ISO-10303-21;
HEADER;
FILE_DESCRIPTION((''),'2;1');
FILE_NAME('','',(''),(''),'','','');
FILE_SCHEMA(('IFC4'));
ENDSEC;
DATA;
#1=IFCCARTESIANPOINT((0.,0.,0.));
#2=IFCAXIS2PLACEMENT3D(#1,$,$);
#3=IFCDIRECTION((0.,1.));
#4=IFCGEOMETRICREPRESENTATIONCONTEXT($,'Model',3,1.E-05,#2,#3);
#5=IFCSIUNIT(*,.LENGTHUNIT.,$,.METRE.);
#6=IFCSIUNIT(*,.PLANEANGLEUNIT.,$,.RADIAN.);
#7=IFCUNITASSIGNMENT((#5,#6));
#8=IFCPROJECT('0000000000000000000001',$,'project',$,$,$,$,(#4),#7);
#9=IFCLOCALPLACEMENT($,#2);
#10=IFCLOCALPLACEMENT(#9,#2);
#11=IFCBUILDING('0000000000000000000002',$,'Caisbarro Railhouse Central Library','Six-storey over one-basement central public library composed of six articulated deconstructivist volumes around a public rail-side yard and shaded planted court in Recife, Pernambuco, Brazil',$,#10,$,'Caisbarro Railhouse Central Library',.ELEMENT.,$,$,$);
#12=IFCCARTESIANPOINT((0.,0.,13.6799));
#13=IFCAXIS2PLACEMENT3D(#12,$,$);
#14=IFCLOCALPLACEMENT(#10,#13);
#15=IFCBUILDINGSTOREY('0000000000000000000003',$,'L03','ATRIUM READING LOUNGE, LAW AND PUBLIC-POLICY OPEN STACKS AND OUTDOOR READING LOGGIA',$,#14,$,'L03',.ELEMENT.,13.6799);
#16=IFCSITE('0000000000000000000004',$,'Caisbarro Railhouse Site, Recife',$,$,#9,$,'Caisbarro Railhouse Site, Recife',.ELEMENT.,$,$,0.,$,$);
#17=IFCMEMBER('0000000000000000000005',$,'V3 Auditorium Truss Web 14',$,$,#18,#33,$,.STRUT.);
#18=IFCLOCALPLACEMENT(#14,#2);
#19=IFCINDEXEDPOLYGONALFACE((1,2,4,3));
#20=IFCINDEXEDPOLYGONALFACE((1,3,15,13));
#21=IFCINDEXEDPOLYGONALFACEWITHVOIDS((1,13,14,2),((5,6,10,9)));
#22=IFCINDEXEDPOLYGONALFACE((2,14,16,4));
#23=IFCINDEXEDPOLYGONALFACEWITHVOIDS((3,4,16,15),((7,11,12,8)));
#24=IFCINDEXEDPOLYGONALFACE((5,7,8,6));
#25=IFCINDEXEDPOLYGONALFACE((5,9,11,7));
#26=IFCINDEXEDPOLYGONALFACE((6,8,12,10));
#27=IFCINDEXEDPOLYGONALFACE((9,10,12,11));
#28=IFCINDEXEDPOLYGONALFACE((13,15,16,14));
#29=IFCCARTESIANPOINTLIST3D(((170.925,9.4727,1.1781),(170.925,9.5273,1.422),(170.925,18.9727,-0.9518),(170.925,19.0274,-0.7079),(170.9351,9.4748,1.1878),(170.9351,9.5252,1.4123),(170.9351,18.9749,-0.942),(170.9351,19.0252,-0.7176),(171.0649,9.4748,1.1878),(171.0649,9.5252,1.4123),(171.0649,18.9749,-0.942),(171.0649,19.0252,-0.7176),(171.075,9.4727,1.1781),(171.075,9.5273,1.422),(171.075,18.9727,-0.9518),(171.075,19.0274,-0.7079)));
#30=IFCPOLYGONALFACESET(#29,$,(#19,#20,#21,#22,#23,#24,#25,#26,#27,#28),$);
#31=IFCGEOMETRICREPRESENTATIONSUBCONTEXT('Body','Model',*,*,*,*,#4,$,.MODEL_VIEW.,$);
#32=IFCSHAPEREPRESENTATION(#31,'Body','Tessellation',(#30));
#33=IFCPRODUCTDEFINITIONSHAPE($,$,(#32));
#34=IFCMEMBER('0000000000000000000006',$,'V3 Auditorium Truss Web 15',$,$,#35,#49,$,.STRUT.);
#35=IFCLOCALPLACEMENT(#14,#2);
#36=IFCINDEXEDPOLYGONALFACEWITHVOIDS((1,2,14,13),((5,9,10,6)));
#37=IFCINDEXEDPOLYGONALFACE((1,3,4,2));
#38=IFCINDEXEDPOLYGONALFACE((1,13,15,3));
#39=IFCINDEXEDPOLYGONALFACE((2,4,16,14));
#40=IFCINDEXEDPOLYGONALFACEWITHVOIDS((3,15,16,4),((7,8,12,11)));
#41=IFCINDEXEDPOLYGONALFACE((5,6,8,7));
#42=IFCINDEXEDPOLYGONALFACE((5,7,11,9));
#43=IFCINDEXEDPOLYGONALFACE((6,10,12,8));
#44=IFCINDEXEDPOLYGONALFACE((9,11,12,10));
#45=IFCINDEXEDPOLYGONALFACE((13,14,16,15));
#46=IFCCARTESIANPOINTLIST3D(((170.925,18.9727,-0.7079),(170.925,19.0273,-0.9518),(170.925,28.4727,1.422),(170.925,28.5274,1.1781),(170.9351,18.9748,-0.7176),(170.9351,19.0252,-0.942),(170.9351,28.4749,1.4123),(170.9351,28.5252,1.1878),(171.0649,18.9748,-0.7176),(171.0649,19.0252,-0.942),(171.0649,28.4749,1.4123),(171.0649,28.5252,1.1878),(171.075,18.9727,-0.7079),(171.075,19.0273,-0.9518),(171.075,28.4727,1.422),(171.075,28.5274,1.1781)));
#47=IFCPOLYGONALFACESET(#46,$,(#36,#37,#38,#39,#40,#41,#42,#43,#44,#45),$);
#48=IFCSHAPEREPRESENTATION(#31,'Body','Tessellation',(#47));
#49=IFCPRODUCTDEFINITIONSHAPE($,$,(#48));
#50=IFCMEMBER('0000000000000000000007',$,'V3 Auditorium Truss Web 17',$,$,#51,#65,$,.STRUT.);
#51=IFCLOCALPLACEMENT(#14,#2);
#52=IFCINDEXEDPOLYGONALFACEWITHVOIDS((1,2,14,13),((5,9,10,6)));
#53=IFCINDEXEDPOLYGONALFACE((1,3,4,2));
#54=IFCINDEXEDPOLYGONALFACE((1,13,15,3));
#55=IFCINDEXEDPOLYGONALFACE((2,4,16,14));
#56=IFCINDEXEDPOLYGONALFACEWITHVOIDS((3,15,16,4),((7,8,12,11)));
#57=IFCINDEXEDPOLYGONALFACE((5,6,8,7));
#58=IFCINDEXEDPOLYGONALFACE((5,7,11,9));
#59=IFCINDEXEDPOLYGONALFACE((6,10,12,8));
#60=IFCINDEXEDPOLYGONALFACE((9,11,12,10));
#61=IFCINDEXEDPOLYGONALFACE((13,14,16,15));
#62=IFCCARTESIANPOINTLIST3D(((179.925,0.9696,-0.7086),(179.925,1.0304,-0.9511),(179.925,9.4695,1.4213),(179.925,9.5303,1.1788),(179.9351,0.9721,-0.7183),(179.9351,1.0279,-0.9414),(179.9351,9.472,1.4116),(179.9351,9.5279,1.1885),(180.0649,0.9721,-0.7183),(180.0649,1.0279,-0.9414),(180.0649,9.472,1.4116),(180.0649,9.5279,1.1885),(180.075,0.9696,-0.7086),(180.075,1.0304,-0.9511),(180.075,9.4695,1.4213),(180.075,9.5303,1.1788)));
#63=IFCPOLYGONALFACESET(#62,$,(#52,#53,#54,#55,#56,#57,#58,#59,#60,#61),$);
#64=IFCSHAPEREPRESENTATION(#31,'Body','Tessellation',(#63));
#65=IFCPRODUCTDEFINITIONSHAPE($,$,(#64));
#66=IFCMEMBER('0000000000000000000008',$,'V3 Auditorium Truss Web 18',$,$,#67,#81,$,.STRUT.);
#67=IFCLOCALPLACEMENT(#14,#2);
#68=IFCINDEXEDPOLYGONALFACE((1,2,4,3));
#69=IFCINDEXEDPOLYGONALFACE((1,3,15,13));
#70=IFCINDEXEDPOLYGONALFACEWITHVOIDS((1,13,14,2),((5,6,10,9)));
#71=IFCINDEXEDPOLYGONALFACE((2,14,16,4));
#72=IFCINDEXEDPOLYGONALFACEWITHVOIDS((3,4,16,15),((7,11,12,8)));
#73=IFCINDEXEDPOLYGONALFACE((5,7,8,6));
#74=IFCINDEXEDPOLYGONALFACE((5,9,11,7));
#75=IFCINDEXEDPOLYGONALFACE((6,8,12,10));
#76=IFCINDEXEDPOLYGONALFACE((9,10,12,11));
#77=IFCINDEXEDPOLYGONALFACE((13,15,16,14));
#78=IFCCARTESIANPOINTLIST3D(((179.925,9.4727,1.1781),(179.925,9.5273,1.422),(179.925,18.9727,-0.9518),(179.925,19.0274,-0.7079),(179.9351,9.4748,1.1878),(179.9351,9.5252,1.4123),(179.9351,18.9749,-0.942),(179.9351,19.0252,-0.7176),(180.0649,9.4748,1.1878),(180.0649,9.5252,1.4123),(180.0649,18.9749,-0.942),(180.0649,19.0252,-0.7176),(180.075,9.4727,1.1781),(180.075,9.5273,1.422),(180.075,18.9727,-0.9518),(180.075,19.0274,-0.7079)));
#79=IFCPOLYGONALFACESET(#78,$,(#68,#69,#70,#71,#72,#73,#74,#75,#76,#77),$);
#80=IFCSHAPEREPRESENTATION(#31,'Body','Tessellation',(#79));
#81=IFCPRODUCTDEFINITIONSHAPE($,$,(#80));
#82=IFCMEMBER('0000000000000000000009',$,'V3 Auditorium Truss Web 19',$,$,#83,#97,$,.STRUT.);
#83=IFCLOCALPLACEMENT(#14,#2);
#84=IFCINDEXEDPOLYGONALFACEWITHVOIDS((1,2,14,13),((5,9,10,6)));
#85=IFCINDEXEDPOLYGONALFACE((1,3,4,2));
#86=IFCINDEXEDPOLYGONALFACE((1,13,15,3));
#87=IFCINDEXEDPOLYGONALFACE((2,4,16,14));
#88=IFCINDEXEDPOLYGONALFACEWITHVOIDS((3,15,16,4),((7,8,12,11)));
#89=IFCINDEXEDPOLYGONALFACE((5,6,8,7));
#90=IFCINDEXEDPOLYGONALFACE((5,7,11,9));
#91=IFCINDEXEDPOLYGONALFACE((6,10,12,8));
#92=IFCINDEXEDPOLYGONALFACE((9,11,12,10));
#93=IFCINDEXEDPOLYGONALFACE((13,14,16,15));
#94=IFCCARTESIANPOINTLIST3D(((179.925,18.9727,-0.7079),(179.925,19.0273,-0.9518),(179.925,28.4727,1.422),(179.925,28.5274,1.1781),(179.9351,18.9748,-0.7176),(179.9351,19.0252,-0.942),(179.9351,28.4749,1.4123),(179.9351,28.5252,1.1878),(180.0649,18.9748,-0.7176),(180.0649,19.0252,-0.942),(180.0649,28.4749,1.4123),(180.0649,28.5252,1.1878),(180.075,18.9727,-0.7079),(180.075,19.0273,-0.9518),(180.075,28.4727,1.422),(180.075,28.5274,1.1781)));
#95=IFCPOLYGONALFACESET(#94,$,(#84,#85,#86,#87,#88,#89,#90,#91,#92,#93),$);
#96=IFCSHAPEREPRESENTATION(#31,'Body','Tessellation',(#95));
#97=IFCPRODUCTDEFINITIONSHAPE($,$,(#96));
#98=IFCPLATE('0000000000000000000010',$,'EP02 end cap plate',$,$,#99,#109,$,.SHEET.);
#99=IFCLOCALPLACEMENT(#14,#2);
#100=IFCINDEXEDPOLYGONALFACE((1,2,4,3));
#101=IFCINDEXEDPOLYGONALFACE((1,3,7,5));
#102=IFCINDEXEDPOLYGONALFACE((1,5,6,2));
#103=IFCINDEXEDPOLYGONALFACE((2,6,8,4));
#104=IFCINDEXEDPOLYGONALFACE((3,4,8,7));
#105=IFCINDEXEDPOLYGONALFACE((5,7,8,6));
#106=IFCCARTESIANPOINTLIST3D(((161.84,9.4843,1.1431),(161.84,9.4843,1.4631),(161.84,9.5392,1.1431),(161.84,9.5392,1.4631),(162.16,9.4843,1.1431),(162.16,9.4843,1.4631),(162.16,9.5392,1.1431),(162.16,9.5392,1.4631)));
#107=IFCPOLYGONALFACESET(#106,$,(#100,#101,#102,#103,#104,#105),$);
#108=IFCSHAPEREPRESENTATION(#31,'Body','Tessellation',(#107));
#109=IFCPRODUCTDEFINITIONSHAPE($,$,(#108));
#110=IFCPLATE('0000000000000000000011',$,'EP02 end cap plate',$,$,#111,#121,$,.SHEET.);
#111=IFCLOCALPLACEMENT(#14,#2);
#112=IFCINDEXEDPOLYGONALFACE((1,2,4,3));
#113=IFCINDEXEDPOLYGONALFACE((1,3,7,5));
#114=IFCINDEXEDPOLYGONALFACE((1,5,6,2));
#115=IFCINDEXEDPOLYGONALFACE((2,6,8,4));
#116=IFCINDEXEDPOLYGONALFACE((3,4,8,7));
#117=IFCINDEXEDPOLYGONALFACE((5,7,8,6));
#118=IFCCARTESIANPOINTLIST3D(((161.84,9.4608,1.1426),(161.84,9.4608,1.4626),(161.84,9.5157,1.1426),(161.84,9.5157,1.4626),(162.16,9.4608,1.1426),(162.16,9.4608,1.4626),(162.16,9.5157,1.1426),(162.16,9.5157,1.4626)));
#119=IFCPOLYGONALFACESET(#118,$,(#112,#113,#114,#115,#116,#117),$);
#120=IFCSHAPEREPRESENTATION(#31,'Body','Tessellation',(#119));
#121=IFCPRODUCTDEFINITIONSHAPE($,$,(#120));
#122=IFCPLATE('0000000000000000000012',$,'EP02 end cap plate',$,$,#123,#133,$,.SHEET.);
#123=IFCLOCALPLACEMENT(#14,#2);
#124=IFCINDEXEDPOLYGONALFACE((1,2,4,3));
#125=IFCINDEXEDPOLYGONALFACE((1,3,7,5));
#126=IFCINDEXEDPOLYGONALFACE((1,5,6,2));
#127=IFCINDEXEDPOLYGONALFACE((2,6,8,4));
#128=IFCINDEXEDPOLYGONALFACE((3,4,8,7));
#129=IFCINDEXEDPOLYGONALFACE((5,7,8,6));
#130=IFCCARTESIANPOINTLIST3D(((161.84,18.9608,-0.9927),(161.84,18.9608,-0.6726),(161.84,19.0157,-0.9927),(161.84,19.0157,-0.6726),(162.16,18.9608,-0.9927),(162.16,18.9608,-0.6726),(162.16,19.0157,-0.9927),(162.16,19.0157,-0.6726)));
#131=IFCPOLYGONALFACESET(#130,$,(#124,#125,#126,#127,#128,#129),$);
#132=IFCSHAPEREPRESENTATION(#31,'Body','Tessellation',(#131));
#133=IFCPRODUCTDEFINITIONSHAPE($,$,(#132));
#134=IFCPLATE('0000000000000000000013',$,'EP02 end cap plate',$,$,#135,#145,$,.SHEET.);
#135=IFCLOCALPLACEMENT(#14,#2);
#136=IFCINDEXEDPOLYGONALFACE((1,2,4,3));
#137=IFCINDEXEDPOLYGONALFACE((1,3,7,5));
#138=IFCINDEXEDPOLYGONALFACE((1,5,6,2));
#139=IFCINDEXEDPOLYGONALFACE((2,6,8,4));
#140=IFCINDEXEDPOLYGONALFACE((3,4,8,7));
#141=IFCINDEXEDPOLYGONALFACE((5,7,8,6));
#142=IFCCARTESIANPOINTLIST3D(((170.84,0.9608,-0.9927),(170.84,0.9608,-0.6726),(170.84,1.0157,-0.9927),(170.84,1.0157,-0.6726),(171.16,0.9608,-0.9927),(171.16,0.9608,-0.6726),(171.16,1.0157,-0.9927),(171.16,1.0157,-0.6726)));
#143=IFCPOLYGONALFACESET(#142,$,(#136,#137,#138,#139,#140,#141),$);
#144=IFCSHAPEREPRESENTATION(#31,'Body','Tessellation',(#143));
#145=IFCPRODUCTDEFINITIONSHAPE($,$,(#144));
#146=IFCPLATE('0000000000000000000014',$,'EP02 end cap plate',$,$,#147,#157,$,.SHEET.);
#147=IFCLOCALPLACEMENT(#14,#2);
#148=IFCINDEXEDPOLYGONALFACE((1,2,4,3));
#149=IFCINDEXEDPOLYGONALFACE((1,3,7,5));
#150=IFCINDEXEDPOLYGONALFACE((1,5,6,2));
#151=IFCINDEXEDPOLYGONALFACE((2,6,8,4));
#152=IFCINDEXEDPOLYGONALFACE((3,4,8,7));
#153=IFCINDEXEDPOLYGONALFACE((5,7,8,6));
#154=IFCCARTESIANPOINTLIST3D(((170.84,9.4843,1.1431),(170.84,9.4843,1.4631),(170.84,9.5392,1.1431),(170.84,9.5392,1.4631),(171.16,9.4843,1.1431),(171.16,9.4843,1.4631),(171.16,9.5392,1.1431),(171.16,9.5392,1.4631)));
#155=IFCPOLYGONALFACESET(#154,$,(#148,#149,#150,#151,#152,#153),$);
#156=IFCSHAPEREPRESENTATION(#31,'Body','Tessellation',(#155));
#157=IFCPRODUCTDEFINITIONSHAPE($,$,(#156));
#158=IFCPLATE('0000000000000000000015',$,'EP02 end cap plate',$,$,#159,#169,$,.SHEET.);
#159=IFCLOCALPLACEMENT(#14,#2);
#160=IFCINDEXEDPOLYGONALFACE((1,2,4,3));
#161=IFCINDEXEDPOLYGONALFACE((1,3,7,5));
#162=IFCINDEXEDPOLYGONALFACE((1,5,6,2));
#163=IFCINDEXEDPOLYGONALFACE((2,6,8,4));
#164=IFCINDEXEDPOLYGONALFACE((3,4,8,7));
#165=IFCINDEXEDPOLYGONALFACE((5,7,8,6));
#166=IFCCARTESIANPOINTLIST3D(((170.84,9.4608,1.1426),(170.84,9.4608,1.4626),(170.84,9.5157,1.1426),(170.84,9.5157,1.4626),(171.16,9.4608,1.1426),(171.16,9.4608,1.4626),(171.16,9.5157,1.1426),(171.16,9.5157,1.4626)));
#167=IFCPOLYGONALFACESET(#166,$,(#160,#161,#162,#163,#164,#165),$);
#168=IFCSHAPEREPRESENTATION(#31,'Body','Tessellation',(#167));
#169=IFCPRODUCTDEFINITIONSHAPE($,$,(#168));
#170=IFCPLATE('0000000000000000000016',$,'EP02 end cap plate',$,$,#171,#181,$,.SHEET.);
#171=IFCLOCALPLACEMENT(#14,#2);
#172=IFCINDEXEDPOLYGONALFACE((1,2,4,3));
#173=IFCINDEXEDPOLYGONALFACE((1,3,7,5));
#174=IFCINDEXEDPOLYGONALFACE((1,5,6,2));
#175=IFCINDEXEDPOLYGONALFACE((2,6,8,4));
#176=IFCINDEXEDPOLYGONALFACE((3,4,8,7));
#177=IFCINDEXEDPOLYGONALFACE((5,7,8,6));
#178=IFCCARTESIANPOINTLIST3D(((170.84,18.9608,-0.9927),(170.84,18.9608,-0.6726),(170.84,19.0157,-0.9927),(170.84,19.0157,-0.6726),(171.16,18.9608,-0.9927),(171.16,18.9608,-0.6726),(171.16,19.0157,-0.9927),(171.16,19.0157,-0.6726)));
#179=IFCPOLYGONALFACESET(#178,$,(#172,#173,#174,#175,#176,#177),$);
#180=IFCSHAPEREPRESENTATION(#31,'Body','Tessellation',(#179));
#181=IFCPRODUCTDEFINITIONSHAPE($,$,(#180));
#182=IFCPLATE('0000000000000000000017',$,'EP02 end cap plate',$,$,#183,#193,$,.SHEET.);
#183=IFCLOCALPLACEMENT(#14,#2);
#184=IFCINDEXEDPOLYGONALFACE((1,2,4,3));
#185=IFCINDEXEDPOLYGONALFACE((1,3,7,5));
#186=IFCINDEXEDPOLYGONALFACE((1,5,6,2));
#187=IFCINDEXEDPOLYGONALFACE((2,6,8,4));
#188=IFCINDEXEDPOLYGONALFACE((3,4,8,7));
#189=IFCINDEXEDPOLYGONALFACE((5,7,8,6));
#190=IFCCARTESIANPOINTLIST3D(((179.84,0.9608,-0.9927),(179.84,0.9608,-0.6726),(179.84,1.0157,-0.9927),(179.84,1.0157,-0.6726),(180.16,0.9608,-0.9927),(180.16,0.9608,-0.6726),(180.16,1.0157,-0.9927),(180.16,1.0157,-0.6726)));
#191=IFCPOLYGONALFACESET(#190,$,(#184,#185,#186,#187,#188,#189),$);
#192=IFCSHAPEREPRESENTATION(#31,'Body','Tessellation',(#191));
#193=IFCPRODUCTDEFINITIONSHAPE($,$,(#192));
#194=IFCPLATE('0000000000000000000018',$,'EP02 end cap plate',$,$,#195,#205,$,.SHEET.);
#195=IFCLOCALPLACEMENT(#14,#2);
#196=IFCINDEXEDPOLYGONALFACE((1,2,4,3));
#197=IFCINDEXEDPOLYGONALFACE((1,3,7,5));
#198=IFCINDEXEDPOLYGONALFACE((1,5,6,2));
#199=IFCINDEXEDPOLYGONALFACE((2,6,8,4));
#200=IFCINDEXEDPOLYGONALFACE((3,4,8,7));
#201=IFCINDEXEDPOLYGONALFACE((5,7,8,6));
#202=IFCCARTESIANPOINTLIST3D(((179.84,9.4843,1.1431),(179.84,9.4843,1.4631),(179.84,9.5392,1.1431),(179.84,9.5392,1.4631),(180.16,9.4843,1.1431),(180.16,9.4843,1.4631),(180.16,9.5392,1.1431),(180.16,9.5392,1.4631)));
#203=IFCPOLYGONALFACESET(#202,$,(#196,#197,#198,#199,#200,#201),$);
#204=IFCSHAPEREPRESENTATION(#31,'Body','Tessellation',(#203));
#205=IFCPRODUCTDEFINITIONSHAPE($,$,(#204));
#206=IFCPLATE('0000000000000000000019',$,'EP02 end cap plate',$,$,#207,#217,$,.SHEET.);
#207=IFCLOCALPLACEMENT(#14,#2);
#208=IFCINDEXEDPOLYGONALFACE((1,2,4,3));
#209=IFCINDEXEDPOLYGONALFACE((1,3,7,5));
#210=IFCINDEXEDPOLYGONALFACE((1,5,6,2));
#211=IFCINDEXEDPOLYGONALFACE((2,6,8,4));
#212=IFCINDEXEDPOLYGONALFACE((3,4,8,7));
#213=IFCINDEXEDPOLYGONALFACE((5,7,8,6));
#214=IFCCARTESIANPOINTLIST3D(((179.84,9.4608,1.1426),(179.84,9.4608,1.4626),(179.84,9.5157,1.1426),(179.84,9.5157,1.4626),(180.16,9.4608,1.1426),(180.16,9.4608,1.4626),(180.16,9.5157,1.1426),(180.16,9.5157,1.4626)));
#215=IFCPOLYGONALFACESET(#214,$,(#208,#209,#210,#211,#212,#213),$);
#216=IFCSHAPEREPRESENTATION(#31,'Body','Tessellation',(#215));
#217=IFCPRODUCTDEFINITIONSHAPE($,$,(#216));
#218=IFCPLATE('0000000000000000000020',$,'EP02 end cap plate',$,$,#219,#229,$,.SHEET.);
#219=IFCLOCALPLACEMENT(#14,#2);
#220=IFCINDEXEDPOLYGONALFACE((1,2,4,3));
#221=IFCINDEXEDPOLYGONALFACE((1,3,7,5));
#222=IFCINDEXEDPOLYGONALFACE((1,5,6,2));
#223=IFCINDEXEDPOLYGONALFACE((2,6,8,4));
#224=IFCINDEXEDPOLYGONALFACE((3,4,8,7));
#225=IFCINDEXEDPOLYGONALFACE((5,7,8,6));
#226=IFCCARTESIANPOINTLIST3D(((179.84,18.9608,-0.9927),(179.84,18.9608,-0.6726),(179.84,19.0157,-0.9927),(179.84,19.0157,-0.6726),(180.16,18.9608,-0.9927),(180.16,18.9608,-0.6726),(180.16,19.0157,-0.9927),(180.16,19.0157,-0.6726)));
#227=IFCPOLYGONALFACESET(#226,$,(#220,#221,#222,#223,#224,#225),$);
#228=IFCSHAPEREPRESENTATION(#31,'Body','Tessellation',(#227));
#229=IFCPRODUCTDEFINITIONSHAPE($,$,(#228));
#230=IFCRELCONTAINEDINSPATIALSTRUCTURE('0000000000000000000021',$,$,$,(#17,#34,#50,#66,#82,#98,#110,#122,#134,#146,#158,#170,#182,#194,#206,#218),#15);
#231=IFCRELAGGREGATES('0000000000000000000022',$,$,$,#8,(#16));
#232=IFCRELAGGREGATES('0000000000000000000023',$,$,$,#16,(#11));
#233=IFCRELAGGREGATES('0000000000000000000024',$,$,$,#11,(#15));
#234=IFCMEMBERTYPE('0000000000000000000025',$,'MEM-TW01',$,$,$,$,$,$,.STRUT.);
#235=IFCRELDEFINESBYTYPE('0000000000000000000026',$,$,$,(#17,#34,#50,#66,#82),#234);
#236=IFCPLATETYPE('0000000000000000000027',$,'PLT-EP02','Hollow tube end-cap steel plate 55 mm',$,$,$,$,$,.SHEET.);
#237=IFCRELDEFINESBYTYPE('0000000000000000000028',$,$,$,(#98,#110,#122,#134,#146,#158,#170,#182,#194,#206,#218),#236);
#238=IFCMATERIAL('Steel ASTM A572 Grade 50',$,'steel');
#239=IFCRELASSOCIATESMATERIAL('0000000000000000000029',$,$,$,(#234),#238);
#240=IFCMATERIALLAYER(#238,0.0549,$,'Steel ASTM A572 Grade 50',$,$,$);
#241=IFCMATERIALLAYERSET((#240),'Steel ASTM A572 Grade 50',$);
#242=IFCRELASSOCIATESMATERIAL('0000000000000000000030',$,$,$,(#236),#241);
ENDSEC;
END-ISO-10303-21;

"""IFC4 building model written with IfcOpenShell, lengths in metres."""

from ifc_helpers import new_model, si_unit, direction, frame, origin, origin_2d, place, context, subcontext, project, spatial, rectangle, hollow_rectangle, extrude, material, layer, layer_set, material_profile, profile_set, type_object, element, save


model = new_model("IFC4")

# Units and contexts
model_context = context("Model", 3, precision=1e-05, world=origin(), true_north=direction((0.0, 1.0)))
body_context = subcontext(model_context, "Body", "Model", "MODEL_VIEW")
ifc_project = project(units=[si_unit("LENGTHUNIT", "METRE"), si_unit("PLANEANGLEUNIT", "RADIAN")], contexts=[model_context])

# Site, building, storey
site_placement = place(None, origin())
site = spatial("IfcSite", under=ifc_project, at=site_placement, Name="Caisbarro Railhouse Site, Recife", LongName="Caisbarro Railhouse Site, Recife", CompositionType="ELEMENT", RefElevation=0.0)
building_placement = place(site_placement, origin())
building = spatial("IfcBuilding", under=site, at=building_placement, Name="Caisbarro Railhouse Central Library", Description="Six-storey over one-basement central public library composed of six articulated deconstructivist volumes around a public rail-side yard and shaded planted court in Recife, Pernambuco, Brazil", LongName="Caisbarro Railhouse Central Library", CompositionType="ELEMENT")
storey_placement = place(building_placement, frame((0.0, 0.0, 13.6799)))
storey = spatial("IfcBuildingStorey", under=building, at=storey_placement, Name="L03", Description="ATRIUM READING LOUNGE, LAW AND PUBLIC-POLICY OPEN STACKS AND OUTDOOR READING LOGGIA", LongName="L03", CompositionType="ELEMENT", Elevation=13.6799)

# Members
ifc_material_1 = material(Name="Steel ASTM A572 Grade 50", Category="steel")
ifc_material_profile_1 = material_profile(ifc_material_1, hollow_rectangle(XDim=0.1499, YDim=0.25, WallThickness=0.01, at=origin_2d()), Name="HSS250X150X10")
ifc_profile_set_1 = profile_set([ifc_material_profile_1], Name="Steel ASTM A572 Grade 50")
member_type_1 = type_object("IfcMemberType", Name="MEM-TW01", PredefinedType="STRUT", material=ifc_profile_set_1)
for number, where, z_axis, x_axis, name in (
    (1, (171.0, 9.5, 1.3), (0.0, 0.975777, -0.218767), (-1.0, 0.0, 0.0), "V3 Auditorium Truss Web 14"),
    (2, (171.0, 19.0, -0.8298), (0.0, 0.975777, 0.218767), (-1.0, 0.0, 0.0), "V3 Auditorium Truss Web 15"),
):
    element("IfcMember", number, at=place(storey_placement, frame(where, z_axis=z_axis, x_axis=x_axis)), inside=storey, type_object=member_type_1, Name=name, PredefinedType="STRUT", context=body_context, shape_type="SweptSolid", body=[
        extrude(hollow_rectangle(XDim=0.1499, YDim=0.25, WallThickness=0.01, at=origin_2d()), origin(), (0.0, 0.0, 1.0), 9.7358),
    ])
member_1_placement = place(storey_placement, frame((180.0, 1.0, -0.8298), z_axis=(0.0, 0.970011, 0.24306), x_axis=(-1.0, 0.0, 0.0)))
element("IfcMember", 3, at=member_1_placement, inside=storey, type_object=member_type_1, Name="V3 Auditorium Truss Web 17", PredefinedType="STRUT", context=body_context, shape_type="SweptSolid", body=[
    extrude(hollow_rectangle(XDim=0.1499, YDim=0.25, WallThickness=0.01, at=origin_2d()), origin(), (0.0, 0.0, 1.0), 8.7627),
])
for number, where, z_axis, x_axis, name in (
    (4, (180.0, 9.5, 1.3), (0.0, 0.975777, -0.218767), (-1.0, 0.0, 0.0), "V3 Auditorium Truss Web 18"),
    (5, (180.0, 19.0, -0.8298), (0.0, 0.975777, 0.218767), (-1.0, 0.0, 0.0), "V3 Auditorium Truss Web 19"),
):
    element("IfcMember", number, at=place(storey_placement, frame(where, z_axis=z_axis, x_axis=x_axis)), inside=storey, type_object=member_type_1, Name=name, PredefinedType="STRUT", context=body_context, shape_type="SweptSolid", body=[
        extrude(hollow_rectangle(XDim=0.1499, YDim=0.25, WallThickness=0.01, at=origin_2d()), origin(), (0.0, 0.0, 1.0), 9.7358),
    ])

# Plates
ifc_layer_1 = layer(ifc_material_1, 0.0549, Name="Steel ASTM A572 Grade 50")
ifc_layer_set_1 = layer_set([ifc_layer_1], Name="Steel ASTM A572 Grade 50")
plate_type_1 = type_object("IfcPlateType", Name="PLT-EP02", Description="Hollow tube end-cap steel plate 55 mm", PredefinedType="SHEET", material=ifc_layer_set_1)
for number, where, z_axis, x_axis, name in (
    (6, (162.0, 9.5117, 1.1431), (0.0, 0.0, 1.0), (0.0, 1.0, 0.0), "EP02 end cap plate"),
    (7, (162.0, 9.4883, 1.1426), (0.0, 0.0, 1.0), (0.0, 1.0, 0.0), "EP02 end cap plate"),
    (8, (162.0, 18.9883, -0.9927), (0.0, 0.0, 1.0), (0.0, 1.0, 0.0), "EP02 end cap plate"),
    (9, (171.0, 0.9883, -0.9927), (0.0, 0.0, 1.0), (0.0, 1.0, 0.0), "EP02 end cap plate"),
    (10, (171.0, 9.5117, 1.1431), (0.0, 0.0, 1.0), (0.0, 1.0, 0.0), "EP02 end cap plate"),
    (11, (171.0, 9.4883, 1.1426), (0.0, 0.0, 1.0), (0.0, 1.0, 0.0), "EP02 end cap plate"),
    (12, (171.0, 18.9883, -0.9927), (0.0, 0.0, 1.0), (0.0, 1.0, 0.0), "EP02 end cap plate"),
    (13, (180.0, 0.9883, -0.9927), (0.0, 0.0, 1.0), (0.0, 1.0, 0.0), "EP02 end cap plate"),
    (14, (180.0, 9.5117, 1.1431), (0.0, 0.0, 1.0), (0.0, 1.0, 0.0), "EP02 end cap plate"),
    (15, (180.0, 9.4883, 1.1426), (0.0, 0.0, 1.0), (0.0, 1.0, 0.0), "EP02 end cap plate"),
    (16, (180.0, 18.9883, -0.9927), (0.0, 0.0, 1.0), (0.0, 1.0, 0.0), "EP02 end cap plate"),
):
    element("IfcPlate", number, at=place(storey_placement, frame(where, z_axis=z_axis, x_axis=x_axis)), inside=storey, type_object=plate_type_1, Name=name, PredefinedType="SHEET", context=body_context, shape_type="SweptSolid", body=[
        extrude(rectangle(XDim=0.0549, YDim=0.3201, at=origin_2d()), origin(), (0.0, 0.0, 1.0), 0.3201),
    ])

save(model, "model.ifc")
